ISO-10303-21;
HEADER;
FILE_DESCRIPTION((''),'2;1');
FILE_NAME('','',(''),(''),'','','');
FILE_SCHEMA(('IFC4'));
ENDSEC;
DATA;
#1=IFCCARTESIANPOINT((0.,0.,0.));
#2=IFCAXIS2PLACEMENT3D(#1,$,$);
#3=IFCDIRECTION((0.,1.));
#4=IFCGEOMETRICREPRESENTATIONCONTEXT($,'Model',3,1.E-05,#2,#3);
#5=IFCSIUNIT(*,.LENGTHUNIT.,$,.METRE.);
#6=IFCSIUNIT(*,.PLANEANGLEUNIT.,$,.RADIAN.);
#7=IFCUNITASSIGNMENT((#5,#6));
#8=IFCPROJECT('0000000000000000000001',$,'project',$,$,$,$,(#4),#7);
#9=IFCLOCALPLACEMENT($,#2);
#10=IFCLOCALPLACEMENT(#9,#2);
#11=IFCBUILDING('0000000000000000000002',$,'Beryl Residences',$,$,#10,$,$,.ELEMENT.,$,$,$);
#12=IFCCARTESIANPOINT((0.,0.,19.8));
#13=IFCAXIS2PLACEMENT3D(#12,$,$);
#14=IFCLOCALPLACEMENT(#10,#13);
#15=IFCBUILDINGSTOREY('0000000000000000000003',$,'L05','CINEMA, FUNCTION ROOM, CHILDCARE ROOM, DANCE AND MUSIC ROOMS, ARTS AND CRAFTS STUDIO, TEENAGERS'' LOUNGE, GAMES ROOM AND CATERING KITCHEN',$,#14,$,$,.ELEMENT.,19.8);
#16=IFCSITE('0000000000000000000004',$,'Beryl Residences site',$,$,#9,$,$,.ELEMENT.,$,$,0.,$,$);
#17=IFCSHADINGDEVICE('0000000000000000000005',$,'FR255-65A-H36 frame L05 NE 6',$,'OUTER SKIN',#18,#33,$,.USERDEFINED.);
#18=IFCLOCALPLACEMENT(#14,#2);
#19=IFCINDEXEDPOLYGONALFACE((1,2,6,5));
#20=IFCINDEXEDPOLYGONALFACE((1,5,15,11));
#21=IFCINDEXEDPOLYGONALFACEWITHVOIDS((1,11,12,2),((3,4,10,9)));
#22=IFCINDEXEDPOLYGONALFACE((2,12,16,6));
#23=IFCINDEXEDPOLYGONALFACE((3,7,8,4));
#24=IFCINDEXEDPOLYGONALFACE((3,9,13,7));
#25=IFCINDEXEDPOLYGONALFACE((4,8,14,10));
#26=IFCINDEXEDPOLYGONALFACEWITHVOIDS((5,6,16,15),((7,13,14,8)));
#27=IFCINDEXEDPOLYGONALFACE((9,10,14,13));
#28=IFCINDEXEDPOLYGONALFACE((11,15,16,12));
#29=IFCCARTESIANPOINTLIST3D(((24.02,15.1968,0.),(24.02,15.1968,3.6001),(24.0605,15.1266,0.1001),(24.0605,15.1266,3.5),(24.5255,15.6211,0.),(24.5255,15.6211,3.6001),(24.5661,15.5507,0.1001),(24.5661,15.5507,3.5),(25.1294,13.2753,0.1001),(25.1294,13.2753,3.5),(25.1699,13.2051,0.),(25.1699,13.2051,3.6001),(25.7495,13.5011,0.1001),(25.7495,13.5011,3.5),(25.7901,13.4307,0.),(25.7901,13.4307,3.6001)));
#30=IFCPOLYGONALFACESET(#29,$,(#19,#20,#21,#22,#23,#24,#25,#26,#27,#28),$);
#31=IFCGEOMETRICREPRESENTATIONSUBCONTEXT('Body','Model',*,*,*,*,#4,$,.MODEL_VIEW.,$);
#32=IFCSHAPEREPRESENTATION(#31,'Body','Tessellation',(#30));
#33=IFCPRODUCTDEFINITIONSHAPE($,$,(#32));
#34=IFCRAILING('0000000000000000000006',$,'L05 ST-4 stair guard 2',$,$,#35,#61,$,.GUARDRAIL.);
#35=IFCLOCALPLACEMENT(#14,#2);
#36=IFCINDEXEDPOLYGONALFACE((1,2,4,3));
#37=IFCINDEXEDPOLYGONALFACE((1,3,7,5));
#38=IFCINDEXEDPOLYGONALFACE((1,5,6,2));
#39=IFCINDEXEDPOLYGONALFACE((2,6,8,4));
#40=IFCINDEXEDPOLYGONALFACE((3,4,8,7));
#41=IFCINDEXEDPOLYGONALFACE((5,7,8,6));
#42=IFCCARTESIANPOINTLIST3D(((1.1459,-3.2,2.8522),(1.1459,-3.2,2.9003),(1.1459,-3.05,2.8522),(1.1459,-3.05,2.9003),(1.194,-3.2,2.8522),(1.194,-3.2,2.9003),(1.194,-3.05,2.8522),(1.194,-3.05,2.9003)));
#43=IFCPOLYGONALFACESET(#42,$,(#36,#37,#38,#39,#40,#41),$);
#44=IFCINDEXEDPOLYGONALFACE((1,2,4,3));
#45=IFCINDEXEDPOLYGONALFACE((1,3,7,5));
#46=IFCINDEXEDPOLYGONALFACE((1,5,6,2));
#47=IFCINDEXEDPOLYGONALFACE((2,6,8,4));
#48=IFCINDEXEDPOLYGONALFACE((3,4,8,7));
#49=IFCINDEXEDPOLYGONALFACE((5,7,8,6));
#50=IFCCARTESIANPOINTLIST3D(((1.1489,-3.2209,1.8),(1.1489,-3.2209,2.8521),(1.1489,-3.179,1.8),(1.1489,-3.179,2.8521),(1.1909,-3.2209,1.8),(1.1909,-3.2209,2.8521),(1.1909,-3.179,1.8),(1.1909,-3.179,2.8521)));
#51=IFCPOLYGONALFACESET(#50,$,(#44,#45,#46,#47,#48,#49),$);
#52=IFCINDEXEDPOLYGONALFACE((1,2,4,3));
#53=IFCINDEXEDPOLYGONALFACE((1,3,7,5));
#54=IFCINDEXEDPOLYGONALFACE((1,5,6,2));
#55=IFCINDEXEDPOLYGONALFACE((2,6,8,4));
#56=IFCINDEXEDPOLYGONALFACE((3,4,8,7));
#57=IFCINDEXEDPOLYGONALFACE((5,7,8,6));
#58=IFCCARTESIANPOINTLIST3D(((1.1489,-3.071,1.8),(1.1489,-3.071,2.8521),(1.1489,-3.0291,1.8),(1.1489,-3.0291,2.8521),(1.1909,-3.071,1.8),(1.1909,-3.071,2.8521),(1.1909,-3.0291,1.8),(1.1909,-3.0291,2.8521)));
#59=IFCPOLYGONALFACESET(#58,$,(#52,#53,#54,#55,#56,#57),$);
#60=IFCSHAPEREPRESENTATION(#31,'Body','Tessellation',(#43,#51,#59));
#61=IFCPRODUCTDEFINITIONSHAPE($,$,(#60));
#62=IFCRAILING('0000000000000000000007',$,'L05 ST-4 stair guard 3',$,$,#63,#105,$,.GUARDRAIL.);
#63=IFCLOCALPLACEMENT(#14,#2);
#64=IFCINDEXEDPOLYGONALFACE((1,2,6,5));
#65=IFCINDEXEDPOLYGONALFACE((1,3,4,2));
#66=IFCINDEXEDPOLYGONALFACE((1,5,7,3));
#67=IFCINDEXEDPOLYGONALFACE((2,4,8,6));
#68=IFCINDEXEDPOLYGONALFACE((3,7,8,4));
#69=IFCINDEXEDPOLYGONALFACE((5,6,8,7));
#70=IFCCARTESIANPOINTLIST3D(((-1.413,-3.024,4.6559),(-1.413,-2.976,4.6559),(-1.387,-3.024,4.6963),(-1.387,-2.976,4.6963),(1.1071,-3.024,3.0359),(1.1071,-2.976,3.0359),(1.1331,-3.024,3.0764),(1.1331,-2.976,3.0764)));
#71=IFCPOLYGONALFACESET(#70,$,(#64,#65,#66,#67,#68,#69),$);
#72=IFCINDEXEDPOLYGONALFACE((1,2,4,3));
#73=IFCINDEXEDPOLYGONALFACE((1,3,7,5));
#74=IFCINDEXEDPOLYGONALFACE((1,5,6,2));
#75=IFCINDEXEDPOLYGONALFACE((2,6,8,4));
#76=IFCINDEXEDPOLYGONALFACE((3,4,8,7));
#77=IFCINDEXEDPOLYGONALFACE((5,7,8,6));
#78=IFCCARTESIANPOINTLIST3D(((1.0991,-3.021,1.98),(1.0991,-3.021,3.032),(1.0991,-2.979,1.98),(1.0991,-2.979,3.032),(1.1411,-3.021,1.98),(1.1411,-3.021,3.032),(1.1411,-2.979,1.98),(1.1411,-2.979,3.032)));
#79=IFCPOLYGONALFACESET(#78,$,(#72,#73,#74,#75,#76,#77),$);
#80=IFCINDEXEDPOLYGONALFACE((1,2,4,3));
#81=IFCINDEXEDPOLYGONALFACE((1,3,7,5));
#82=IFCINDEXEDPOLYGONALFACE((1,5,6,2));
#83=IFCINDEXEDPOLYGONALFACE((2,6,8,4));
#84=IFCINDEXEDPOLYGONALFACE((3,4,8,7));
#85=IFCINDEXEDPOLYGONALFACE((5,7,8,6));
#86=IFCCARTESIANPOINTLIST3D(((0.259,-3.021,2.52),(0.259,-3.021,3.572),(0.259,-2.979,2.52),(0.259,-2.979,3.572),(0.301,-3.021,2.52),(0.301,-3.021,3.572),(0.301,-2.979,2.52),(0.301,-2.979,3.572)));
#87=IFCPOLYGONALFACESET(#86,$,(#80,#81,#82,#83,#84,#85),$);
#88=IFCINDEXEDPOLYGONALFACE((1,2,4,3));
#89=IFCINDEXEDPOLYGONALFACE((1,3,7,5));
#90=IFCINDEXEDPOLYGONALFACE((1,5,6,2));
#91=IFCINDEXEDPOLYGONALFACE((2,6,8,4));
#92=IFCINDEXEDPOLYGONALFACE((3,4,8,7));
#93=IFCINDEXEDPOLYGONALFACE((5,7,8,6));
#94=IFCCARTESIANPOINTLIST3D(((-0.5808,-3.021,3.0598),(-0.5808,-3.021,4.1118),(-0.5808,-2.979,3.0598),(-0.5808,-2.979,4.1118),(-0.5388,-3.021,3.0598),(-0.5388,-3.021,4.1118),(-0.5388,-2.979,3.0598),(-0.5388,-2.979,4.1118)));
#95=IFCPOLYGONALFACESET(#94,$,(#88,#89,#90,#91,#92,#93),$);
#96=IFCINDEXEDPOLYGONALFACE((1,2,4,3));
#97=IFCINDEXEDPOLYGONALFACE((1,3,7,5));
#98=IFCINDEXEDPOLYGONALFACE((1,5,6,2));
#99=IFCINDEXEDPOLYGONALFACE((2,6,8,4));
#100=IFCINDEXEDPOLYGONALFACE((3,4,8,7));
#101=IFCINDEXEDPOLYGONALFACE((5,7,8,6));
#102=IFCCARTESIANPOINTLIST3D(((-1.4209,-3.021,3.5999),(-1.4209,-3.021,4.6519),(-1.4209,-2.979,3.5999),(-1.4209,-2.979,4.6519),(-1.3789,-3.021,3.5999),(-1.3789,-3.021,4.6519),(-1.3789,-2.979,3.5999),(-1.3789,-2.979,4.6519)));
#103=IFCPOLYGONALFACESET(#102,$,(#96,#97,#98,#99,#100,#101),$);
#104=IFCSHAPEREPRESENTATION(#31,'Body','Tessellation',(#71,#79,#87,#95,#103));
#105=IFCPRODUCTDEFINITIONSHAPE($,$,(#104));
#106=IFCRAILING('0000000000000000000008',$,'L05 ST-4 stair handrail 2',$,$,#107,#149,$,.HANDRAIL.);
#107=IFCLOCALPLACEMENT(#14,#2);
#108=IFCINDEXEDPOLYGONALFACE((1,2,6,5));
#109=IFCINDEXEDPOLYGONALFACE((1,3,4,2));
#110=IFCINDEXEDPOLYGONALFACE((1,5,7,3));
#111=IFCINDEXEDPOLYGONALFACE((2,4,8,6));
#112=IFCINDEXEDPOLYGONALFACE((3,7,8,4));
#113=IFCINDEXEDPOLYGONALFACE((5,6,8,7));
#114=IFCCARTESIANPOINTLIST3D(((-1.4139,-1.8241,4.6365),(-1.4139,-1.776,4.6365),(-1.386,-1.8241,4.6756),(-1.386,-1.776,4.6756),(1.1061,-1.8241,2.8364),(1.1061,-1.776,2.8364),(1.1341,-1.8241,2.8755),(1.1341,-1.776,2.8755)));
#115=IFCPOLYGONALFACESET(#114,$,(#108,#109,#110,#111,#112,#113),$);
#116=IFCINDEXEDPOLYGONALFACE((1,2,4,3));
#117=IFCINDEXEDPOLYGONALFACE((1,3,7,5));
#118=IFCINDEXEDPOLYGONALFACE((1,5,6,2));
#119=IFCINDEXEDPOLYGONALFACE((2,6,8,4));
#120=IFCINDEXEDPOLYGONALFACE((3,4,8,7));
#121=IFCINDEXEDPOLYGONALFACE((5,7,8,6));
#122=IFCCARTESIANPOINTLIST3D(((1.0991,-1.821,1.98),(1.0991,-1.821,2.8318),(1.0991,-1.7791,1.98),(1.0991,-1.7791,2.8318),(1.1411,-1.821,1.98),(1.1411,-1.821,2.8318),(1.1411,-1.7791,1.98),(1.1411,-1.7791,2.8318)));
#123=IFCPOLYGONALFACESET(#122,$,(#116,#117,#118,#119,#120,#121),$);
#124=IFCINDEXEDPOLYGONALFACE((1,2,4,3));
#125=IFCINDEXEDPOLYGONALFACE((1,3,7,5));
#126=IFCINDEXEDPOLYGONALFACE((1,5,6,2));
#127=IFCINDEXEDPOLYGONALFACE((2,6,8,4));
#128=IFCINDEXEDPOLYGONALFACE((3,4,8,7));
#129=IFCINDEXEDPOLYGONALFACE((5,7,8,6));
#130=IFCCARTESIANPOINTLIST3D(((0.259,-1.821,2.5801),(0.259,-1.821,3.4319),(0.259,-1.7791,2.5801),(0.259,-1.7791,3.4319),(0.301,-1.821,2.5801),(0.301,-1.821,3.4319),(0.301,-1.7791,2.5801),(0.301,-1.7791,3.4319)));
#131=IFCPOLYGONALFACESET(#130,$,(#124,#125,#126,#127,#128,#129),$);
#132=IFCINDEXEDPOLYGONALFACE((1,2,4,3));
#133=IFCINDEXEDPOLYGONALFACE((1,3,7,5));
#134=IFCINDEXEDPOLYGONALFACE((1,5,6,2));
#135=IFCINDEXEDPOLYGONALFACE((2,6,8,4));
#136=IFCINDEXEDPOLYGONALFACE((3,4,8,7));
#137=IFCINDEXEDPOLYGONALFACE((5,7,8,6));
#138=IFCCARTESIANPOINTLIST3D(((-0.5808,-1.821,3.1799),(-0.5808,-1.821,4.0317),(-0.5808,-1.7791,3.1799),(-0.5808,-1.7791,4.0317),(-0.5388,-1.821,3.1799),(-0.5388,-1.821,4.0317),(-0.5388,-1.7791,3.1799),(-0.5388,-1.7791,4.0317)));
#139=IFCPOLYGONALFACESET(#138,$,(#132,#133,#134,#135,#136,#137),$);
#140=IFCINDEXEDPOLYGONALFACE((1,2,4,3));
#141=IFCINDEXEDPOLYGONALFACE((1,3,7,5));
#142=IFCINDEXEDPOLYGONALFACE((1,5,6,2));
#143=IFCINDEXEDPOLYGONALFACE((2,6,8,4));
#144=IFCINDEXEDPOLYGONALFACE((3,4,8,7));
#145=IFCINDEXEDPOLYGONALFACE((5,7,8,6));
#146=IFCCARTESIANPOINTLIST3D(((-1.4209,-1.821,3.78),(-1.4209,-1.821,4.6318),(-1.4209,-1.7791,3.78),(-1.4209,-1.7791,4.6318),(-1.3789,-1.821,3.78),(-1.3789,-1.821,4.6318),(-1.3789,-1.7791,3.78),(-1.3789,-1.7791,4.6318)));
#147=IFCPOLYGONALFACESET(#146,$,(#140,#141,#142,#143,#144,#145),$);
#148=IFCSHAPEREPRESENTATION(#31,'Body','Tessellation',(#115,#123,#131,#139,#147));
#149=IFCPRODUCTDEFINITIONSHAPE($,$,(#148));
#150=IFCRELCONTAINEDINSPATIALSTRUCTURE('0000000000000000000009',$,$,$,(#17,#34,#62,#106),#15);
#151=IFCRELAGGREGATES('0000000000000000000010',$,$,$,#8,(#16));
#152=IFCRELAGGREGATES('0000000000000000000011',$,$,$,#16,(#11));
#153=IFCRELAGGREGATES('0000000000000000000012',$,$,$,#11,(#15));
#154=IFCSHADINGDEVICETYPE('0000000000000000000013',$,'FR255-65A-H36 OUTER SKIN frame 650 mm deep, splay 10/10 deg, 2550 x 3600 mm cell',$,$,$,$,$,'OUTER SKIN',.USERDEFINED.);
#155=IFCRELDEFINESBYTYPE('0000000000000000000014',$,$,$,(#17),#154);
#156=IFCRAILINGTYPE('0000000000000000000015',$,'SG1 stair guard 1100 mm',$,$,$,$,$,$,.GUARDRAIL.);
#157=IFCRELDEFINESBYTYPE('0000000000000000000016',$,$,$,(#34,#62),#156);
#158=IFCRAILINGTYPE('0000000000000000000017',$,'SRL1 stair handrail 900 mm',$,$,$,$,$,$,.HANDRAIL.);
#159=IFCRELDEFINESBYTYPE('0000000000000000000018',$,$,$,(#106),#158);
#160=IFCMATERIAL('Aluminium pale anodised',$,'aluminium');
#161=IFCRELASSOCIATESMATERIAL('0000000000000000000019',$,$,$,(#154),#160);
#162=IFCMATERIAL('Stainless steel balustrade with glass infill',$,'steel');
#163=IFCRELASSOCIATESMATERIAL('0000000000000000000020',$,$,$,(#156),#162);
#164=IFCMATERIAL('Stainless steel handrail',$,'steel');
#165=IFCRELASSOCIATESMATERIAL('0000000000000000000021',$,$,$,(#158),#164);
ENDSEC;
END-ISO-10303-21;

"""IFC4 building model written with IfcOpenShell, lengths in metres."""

from ifc_helpers import new_model, entity, si_unit, direction, frame, origin, origin_2d, place, context, subcontext, project, spatial, rectangle, extrude, source, transform, mapped, material, type_object, type_shapes, element, save


model = new_model("IFC4")

# Units and contexts
model_context = context("Model", 3, precision=1e-05, world=origin(), true_north=direction((0.0, 1.0)))
body_context = subcontext(model_context, "Body", "Model", "MODEL_VIEW")
ifc_project = project(units=[si_unit("LENGTHUNIT", "METRE"), si_unit("PLANEANGLEUNIT", "RADIAN")], contexts=[model_context])

# Site, building, storey
site_placement = place(None, origin())
site = spatial("IfcSite", under=ifc_project, at=site_placement, Name="Beryl Residences site", CompositionType="ELEMENT", RefElevation=0.0)
building_placement = place(site_placement, origin())
building = spatial("IfcBuilding", under=site, at=building_placement, Name="Beryl Residences", CompositionType="ELEMENT")
storey_placement = place(building_placement, frame((0.0, 0.0, 19.8)))
storey = spatial("IfcBuildingStorey", under=building, at=storey_placement, Name="L05", Description="CINEMA, FUNCTION ROOM, CHILDCARE ROOM, DANCE AND MUSIC ROOMS, ARTS AND CRAFTS STUDIO, TEENAGERS' LOUNGE, GAMES ROOM AND CATERING KITCHEN", CompositionType="ELEMENT", Elevation=19.8)

# Shading device
ifc_material_1 = material(Name="Aluminium pale anodised", Category="aluminium")
shading_device_type = type_object("IfcShadingDeviceType", Name="FR255-65A-H36 OUTER SKIN frame 650 mm deep, splay 10/10 deg, 2550 x 3600 mm cell", ElementType="OUTER SKIN", PredefinedType="USERDEFINED", material=ifc_material_1)
cartesian_point_1 = entity("IfcCartesianPoint", [-1.1499, 0.0])
cartesian_point_2 = entity("IfcCartesianPoint", [-1.0688, 0.1001])
cartesian_point_3 = entity("IfcCartesianPoint", [-1.2646, 0.0])
cartesian_point_4 = entity("IfcCartesianPoint", [-1.1833, 0.1001])
shared_shape = source(origin(), body_context, "Body", "SweptSolid", [
    entity("IfcExtrudedAreaSolidTapered", entity("IfcArbitraryProfileDefWithVoids", "AREA", None, entity("IfcPolyline", [cartesian_point_1, entity("IfcCartesianPoint", [1.1499, 0.0]), entity("IfcCartesianPoint", [1.1499, 3.6001]), entity("IfcCartesianPoint", [-1.1499, 3.6001]), cartesian_point_1]), [entity("IfcPolyline", [cartesian_point_2, entity("IfcCartesianPoint", [1.0688, 0.1001]), entity("IfcCartesianPoint", [1.0688, 3.5]), entity("IfcCartesianPoint", [-1.0688, 3.5]), cartesian_point_2])]), entity("IfcAxis2Placement3D", entity("IfcCartesianPoint", [0.0, 0.0, 0.0]), entity("IfcDirection", [0.0, 1.0, 0.0]), entity("IfcDirection", [-1.0, 0.0, 0.0])), entity("IfcDirection", [0.0, 0.0, 1.0]), 0.6499, entity("IfcArbitraryProfileDefWithVoids", "AREA", None, entity("IfcPolyline", [cartesian_point_3, entity("IfcCartesianPoint", [1.2646, 0.0]), entity("IfcCartesianPoint", [1.2646, 3.6001]), entity("IfcCartesianPoint", [-1.2646, 3.6001]), cartesian_point_3]), [entity("IfcPolyline", [cartesian_point_4, entity("IfcCartesianPoint", [1.1833, 0.1001]), entity("IfcCartesianPoint", [1.1833, 3.5]), entity("IfcCartesianPoint", [-1.1833, 3.5]), cartesian_point_4])])),
])
type_shapes(shading_device_type, [shared_shape])
for number, where, z_axis, x_axis, name in (
    (1, (24.595, 14.2009, 0.0), (0.0, 0.0, 1.0), (0.5, -0.866025, 0.0), "FR255-65A-H36 frame L05 NE 6"),
):
    element("IfcShadingDevice", number, at=place(storey_placement, frame(where, z_axis=z_axis, x_axis=x_axis)), inside=storey, type_object=shading_device_type, Name=name, ObjectType="OUTER SKIN", PredefinedType="USERDEFINED", context=body_context, shape_type="MappedRepresentation", body=[
        mapped(shared_shape, transform((0.0, 0.0, 0.0))),
    ])

# Railings
ifc_material_2 = material(Name="Stainless steel balustrade with glass infill", Category="steel")
railing_type_1 = type_object("IfcRailingType", Name="SG1 stair guard 1100 mm", PredefinedType="GUARDRAIL", material=ifc_material_2)
railing_1_placement = place(storey_placement, frame((1.1699, -3.2, 1.8)))
element("IfcRailing", 2, at=railing_1_placement, inside=storey, type_object=railing_type_1, Name="L05 ST-4 stair guard 2", PredefinedType="GUARDRAIL", context=body_context, shape_type="SweptSolid", body=[
    extrude(rectangle(XDim=0.0481, YDim=0.0481, at=origin_2d()), frame((0.0, 0.0, 1.0762), z_axis=(0.0, 1.0, 0.0), x_axis=(-1.0, 0.0, 0.0)), (0.0, 0.0, 1.0), 0.1499),
    extrude(rectangle(XDim=0.042, YDim=0.042, at=origin_2d()), origin(), (0.0, 0.0, 1.0), 1.052),
    extrude(rectangle(XDim=0.042, YDim=0.042, at=origin_2d()), frame((0.0, 0.1499, 0.0)), (0.0, 0.0, 1.0), 1.052),
])
railing_2_placement = place(storey_placement, frame((1.1201, -3.0, 1.98)))
element("IfcRailing", 3, at=railing_2_placement, inside=storey, type_object=railing_type_1, Name="L05 ST-4 stair guard 3", PredefinedType="GUARDRAIL", context=body_context, shape_type="SweptSolid", body=[
    extrude(rectangle(XDim=0.0481, YDim=0.0481, at=origin_2d()), frame((0.0, 0.0, 1.0762), z_axis=(-0.8412, 0.0, 0.540725), x_axis=(0.0, -1.0, 0.0)), (0.0, 0.0, 1.0), 2.9958),
    extrude(rectangle(XDim=0.042, YDim=0.042, at=origin_2d()), origin(), (0.0, 0.0, 1.0), 1.052),
    extrude(rectangle(XDim=0.042, YDim=0.042, at=origin_2d()), frame((-0.8401, 0.0, 0.54)), (0.0, 0.0, 1.0), 1.052),
    extrude(rectangle(XDim=0.042, YDim=0.042, at=origin_2d()), frame((-1.6799, 0.0, 1.0798)), (0.0, 0.0, 1.0), 1.052),
    extrude(rectangle(XDim=0.042, YDim=0.042, at=origin_2d()), frame((-2.52, 0.0, 1.6199)), (0.0, 0.0, 1.0), 1.052),
])
ifc_material_3 = material(Name="Stainless steel handrail", Category="steel")
railing_type_2 = type_object("IfcRailingType", Name="SRL1 stair handrail 900 mm", PredefinedType="HANDRAIL", material=ifc_material_3)
railing_3_placement = place(storey_placement, frame((1.1201, -1.8, 1.98)))
element("IfcRailing", 4, at=railing_3_placement, inside=storey, type_object=railing_type_2, Name="L05 ST-4 stair handrail 2", PredefinedType="HANDRAIL", context=body_context, shape_type="SweptSolid", body=[
    extrude(rectangle(XDim=0.0481, YDim=0.0481, at=origin_2d()), frame((0.0, 0.0, 0.876), z_axis=(-0.813728, 0.0, 0.581246), x_axis=(0.0, -1.0, 0.0)), (0.0, 0.0, 1.0), 3.0969),
    extrude(rectangle(XDim=0.042, YDim=0.042, at=origin_2d()), origin(), (0.0, 0.0, 1.0), 0.8518),
    extrude(rectangle(XDim=0.042, YDim=0.042, at=origin_2d()), frame((-0.8401, 0.0, 0.6001)), (0.0, 0.0, 1.0), 0.8518),
    extrude(rectangle(XDim=0.042, YDim=0.042, at=origin_2d()), frame((-1.6799, 0.0, 1.2)), (0.0, 0.0, 1.0), 0.8518),
    extrude(rectangle(XDim=0.042, YDim=0.042, at=origin_2d()), frame((-2.52, 0.0, 1.8)), (0.0, 0.0, 1.0), 0.8518),
])

save(model, "model.ifc")
